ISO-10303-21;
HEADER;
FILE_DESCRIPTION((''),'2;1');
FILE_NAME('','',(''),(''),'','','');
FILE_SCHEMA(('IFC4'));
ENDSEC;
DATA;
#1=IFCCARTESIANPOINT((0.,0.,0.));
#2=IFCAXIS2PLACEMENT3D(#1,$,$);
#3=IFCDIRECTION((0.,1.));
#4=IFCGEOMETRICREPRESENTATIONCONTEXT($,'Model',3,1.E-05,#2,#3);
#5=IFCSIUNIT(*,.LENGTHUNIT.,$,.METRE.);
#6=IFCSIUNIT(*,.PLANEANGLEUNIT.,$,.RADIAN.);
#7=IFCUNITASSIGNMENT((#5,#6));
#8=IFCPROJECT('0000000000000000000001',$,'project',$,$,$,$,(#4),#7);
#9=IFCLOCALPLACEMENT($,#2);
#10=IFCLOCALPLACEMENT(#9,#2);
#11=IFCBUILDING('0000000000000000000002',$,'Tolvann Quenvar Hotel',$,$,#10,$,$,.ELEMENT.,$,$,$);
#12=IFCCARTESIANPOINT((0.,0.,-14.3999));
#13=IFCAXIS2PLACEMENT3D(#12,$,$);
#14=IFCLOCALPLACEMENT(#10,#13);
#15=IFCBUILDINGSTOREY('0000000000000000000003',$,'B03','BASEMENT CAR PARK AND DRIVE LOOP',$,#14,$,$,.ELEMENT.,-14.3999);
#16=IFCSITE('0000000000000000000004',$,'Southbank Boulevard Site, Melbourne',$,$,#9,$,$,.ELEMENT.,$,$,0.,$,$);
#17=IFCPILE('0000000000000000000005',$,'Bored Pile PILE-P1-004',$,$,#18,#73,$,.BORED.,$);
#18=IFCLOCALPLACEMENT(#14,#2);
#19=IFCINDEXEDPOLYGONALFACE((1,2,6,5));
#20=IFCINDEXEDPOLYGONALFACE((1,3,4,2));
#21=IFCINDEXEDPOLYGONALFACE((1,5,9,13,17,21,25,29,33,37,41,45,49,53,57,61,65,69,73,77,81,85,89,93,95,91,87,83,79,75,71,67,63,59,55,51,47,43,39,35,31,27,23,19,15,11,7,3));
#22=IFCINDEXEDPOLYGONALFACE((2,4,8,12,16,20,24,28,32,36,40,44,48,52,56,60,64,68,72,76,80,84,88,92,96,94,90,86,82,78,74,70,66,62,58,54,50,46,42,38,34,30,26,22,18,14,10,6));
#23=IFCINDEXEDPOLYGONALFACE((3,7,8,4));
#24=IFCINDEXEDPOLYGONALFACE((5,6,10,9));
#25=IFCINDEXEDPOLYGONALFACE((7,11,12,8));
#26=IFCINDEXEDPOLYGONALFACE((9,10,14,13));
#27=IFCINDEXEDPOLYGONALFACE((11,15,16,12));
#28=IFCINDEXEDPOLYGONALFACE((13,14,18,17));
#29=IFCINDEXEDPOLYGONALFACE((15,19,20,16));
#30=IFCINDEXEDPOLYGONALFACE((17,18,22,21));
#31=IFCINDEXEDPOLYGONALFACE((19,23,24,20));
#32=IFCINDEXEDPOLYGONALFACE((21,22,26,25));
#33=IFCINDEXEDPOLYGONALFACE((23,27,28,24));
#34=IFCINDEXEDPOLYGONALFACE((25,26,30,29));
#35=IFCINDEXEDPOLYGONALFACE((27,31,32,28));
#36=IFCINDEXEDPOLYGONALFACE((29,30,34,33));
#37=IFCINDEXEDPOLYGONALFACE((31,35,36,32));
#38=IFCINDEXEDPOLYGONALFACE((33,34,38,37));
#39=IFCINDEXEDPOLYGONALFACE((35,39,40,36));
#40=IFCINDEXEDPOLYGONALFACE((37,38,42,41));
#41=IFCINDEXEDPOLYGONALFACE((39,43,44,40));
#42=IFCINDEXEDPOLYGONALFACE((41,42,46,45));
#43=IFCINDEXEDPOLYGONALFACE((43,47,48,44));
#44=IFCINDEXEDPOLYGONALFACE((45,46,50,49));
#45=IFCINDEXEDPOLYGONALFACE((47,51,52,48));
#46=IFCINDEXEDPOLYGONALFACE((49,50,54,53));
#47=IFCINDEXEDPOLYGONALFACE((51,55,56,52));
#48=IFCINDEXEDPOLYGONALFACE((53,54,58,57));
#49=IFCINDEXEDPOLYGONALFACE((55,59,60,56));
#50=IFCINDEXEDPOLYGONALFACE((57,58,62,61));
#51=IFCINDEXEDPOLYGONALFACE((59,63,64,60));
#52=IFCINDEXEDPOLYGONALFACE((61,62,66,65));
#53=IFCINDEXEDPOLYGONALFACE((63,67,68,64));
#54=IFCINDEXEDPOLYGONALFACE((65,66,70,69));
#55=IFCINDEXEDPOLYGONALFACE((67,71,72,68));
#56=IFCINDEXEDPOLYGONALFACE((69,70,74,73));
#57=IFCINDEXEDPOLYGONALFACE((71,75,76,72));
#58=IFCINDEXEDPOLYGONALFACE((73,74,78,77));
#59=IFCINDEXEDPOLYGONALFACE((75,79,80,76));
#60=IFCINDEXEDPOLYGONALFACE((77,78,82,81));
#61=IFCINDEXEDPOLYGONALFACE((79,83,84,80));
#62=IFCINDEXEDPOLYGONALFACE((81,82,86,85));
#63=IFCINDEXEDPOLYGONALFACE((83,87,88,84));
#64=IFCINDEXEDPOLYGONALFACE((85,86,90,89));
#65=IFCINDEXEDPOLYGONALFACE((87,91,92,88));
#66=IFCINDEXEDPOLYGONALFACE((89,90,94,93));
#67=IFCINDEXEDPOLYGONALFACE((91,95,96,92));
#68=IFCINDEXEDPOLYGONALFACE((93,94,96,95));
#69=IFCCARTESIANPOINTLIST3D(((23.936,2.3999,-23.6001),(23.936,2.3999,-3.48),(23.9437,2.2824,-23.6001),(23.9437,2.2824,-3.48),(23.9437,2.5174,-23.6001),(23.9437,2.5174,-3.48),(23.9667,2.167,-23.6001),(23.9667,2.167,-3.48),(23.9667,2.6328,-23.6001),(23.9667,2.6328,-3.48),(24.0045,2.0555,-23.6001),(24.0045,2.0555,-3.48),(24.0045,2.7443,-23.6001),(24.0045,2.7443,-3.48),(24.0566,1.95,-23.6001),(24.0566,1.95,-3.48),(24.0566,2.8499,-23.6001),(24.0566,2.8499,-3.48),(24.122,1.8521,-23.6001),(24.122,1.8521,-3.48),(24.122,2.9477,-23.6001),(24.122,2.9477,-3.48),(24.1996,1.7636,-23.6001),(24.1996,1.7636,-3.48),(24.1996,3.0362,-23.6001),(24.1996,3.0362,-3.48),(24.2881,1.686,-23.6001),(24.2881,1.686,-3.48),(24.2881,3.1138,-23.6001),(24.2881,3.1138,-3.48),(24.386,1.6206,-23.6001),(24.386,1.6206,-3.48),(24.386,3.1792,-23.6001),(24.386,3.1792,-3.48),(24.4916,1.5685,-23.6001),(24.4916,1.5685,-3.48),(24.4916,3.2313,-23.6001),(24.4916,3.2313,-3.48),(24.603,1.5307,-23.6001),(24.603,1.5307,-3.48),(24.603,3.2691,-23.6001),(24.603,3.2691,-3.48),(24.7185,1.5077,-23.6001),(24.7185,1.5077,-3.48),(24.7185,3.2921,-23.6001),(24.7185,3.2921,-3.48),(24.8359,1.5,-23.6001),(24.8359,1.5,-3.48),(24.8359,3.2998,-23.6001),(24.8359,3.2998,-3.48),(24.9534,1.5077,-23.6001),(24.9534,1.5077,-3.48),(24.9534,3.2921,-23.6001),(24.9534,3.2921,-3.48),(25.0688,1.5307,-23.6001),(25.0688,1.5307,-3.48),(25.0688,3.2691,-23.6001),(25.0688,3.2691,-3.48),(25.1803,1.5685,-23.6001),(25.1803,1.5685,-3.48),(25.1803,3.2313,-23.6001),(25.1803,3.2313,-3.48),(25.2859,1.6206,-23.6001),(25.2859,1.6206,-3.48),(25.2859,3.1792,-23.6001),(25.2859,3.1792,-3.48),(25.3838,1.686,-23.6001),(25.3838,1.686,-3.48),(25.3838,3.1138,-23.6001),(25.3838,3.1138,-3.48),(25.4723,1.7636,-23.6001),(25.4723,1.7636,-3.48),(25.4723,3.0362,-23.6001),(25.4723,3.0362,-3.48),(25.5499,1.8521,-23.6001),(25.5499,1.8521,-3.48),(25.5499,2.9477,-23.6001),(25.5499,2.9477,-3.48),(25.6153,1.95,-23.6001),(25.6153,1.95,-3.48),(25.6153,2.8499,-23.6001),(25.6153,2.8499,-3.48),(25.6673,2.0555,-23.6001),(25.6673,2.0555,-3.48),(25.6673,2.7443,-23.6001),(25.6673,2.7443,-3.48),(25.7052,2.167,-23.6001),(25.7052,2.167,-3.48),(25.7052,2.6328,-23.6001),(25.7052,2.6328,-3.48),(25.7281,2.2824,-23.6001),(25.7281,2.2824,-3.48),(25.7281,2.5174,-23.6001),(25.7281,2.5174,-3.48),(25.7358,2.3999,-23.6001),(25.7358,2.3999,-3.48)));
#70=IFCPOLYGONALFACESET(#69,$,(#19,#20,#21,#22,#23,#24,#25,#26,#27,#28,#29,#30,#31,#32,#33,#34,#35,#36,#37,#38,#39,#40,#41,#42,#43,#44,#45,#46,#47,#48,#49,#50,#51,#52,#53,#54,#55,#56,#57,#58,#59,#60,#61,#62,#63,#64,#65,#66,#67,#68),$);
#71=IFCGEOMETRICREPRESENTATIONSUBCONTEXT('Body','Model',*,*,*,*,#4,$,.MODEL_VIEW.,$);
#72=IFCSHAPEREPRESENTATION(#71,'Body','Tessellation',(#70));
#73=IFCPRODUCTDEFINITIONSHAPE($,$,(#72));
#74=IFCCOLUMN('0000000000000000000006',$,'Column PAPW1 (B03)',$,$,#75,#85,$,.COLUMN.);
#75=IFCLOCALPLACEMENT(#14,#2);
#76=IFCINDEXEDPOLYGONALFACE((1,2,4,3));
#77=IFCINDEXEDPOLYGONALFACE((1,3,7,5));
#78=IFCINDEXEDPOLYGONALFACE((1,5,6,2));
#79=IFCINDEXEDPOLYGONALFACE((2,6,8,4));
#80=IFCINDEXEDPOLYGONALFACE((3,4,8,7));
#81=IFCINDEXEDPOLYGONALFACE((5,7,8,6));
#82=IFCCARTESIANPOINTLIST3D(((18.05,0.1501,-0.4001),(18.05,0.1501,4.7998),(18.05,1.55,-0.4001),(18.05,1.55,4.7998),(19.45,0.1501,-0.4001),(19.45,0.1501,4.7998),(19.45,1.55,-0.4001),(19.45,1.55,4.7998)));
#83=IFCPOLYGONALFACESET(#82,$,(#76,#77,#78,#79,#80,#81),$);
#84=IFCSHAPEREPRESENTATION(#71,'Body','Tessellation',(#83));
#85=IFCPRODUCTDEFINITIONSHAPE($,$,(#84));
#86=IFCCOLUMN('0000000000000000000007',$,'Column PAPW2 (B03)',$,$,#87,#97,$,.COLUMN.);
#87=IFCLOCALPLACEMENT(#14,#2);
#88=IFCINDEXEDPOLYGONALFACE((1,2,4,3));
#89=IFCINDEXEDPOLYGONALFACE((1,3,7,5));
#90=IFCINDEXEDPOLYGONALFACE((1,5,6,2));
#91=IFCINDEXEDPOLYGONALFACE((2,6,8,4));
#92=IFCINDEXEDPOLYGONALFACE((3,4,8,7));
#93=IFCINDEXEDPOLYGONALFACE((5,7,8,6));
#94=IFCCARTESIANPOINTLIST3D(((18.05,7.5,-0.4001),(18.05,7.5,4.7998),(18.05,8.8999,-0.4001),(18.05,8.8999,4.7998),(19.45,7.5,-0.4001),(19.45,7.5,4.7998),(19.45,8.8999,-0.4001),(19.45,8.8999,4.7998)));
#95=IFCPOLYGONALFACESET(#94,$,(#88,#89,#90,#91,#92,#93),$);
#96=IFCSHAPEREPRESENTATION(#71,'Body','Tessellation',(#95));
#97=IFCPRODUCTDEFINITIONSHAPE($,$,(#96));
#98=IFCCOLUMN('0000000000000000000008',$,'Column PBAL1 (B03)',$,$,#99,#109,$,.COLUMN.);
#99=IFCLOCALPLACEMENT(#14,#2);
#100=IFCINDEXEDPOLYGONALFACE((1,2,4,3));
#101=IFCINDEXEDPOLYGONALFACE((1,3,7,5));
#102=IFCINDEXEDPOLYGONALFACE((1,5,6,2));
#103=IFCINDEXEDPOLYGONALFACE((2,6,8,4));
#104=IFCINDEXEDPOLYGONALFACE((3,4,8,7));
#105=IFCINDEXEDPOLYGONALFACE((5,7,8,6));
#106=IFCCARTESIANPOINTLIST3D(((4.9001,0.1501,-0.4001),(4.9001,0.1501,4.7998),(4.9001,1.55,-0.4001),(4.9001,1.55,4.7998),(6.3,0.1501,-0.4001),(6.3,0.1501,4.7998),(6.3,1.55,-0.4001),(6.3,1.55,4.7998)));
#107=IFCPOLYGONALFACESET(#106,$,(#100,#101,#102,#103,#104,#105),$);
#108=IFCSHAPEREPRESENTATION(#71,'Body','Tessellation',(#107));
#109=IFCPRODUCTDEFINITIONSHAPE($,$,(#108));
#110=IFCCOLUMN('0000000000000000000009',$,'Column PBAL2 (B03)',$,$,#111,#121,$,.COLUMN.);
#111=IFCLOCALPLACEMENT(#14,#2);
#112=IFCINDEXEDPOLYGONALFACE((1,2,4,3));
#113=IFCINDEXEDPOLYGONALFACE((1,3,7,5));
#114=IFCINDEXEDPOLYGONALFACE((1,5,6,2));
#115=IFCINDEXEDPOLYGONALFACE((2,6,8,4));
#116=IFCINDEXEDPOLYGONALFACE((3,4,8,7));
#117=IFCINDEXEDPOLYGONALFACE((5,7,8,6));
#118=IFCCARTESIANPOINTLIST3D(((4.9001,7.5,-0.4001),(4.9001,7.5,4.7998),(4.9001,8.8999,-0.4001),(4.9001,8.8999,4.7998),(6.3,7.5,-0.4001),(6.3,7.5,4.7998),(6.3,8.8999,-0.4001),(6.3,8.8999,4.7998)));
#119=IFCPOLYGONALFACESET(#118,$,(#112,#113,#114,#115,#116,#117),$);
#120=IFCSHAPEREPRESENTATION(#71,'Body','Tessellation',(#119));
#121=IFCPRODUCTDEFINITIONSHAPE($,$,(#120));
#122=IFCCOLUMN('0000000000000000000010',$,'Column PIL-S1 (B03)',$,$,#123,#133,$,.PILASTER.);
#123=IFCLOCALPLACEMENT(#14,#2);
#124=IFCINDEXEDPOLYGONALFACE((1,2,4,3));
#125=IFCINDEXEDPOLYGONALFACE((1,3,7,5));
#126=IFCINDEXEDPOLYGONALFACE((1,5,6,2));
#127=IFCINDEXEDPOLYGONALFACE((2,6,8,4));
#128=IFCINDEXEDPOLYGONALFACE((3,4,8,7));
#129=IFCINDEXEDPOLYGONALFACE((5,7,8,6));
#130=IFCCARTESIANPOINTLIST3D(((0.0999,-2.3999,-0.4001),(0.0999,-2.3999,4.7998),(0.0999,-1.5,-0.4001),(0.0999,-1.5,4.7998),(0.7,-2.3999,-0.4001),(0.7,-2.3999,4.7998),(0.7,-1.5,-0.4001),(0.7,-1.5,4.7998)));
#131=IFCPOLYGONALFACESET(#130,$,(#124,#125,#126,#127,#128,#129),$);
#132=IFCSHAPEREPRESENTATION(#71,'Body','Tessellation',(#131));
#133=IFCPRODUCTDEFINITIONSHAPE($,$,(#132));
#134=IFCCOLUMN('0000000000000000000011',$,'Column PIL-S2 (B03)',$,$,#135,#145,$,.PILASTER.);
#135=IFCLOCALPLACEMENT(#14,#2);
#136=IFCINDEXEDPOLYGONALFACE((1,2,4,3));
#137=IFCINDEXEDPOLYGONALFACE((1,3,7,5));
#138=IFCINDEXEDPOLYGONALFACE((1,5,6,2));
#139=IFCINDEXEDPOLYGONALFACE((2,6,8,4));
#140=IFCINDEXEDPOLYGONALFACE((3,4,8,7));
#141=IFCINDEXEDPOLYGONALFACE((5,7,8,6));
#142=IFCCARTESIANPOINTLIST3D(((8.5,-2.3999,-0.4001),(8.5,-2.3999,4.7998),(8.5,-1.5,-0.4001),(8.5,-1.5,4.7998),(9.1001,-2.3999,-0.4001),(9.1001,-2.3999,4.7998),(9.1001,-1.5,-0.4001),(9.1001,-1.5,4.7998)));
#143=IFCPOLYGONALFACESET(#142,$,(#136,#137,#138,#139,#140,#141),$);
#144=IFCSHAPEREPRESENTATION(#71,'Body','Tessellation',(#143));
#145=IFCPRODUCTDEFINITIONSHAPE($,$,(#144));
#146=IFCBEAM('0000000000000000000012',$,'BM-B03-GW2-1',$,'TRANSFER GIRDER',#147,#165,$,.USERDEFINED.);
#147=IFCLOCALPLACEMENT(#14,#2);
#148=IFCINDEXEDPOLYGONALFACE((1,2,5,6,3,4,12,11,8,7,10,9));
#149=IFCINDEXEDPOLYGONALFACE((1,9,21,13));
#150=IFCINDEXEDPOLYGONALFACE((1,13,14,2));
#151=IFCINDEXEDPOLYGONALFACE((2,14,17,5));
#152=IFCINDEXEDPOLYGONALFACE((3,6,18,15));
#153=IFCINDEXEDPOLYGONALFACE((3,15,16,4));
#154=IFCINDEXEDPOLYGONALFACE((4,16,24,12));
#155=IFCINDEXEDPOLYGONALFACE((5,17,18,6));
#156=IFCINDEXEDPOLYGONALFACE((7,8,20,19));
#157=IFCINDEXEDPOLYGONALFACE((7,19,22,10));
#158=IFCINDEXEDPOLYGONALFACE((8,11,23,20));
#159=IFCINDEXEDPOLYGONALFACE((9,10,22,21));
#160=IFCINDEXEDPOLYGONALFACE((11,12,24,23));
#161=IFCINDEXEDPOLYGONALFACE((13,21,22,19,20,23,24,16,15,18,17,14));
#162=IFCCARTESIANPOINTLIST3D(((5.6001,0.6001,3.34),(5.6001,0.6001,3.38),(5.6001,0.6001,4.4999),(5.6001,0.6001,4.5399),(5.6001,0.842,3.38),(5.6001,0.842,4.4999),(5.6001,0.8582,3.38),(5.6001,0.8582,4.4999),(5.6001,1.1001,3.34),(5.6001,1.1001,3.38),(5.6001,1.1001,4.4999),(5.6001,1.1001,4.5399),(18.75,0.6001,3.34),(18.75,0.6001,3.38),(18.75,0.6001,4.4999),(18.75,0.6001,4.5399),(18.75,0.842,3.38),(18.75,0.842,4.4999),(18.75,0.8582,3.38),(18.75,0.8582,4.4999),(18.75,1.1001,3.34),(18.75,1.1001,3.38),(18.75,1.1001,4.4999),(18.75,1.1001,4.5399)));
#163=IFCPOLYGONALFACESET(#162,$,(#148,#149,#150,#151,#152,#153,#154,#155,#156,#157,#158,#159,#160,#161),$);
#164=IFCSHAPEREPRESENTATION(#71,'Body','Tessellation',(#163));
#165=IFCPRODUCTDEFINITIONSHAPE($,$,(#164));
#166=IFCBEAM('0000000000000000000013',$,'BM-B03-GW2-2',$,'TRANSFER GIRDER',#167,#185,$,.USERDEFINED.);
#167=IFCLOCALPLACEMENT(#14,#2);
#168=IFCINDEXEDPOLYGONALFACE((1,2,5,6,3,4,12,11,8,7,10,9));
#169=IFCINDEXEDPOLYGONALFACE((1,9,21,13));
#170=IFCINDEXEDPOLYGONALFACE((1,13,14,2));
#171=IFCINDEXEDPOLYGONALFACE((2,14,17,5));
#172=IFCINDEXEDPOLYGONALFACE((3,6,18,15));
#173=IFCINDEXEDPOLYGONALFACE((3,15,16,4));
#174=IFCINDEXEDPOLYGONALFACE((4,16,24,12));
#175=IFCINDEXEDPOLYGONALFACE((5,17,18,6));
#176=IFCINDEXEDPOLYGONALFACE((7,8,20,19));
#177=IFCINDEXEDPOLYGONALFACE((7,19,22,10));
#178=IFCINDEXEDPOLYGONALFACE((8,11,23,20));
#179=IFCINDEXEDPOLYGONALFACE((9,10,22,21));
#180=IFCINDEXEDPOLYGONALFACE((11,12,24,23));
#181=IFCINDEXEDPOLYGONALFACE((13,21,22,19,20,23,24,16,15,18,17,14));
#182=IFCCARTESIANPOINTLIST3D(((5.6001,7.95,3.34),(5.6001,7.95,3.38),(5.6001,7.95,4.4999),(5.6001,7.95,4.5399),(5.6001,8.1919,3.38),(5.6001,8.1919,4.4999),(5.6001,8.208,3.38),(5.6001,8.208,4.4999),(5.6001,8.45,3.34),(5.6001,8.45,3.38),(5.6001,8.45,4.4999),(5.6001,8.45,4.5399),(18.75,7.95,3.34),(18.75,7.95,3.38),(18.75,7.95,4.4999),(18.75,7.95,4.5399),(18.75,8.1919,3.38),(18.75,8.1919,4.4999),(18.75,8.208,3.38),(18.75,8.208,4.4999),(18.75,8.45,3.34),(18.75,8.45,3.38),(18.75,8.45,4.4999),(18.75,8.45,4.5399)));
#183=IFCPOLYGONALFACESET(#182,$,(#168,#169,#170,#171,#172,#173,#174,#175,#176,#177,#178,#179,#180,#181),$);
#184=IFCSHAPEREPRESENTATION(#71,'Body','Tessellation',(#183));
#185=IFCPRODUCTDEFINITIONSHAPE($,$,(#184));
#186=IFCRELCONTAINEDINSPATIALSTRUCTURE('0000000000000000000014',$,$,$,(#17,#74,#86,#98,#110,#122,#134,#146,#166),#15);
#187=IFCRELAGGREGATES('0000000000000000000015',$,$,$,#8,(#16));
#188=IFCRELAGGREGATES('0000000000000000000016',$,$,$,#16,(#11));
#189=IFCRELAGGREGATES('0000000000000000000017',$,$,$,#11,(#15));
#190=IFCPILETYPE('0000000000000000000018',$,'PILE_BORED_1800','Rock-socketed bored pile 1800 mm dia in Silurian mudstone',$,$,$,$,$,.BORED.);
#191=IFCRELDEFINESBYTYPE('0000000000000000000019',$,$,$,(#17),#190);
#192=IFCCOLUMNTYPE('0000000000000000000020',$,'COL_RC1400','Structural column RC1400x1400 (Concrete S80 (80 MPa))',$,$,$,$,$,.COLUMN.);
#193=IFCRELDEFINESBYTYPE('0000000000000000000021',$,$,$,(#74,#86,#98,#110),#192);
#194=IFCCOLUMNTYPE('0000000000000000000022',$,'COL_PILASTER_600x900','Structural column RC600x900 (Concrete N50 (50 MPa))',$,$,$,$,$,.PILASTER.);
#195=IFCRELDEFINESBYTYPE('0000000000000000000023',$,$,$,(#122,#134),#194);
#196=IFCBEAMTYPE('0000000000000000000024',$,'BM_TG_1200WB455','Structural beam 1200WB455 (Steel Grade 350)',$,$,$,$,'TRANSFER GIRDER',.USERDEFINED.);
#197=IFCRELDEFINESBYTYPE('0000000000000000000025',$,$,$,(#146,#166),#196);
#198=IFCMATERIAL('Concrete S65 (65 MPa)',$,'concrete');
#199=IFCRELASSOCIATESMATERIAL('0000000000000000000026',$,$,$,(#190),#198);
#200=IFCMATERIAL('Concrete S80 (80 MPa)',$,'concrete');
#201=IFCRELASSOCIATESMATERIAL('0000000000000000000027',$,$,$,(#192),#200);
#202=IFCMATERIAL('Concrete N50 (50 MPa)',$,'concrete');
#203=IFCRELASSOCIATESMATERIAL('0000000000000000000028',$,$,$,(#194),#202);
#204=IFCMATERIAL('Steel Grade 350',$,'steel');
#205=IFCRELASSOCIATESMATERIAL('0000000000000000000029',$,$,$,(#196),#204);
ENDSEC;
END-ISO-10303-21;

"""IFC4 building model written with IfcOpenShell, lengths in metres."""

from ifc_helpers import new_model, si_unit, direction, frame, origin, origin_2d, place, context, subcontext, project, spatial, rectangle, circle, i_section, extrude, source, transform, mapped, material, material_profile, profile_set, type_object, type_shapes, element, save


model = new_model("IFC4")

# Units and contexts
model_context = context("Model", 3, precision=1e-05, world=origin(), true_north=direction((0.0, 1.0)))
body_context = subcontext(model_context, "Body", "Model", "MODEL_VIEW")
ifc_project = project(units=[si_unit("LENGTHUNIT", "METRE"), si_unit("PLANEANGLEUNIT", "RADIAN")], contexts=[model_context])

# Site, building, storey
site_placement = place(None, origin())
site = spatial("IfcSite", under=ifc_project, at=site_placement, Name="Southbank Boulevard Site, Melbourne", CompositionType="ELEMENT", RefElevation=0.0)
building_placement = place(site_placement, origin())
building = spatial("IfcBuilding", under=site, at=building_placement, Name="Tolvann Quenvar Hotel", CompositionType="ELEMENT")
storey_placement = place(building_placement, frame((0.0, 0.0, -14.3999)))
storey = spatial("IfcBuildingStorey", under=building, at=storey_placement, Name="B03", Description="BASEMENT CAR PARK AND DRIVE LOOP", CompositionType="ELEMENT", Elevation=-14.3999)

# Pile
ifc_material_1 = material(Name="Concrete S65 (65 MPa)", Category="concrete")
ifc_material_profile_1 = material_profile(ifc_material_1, circle(Radius=0.8999, at=origin_2d()), Name="PILE1800")
ifc_profile_set_1 = profile_set([ifc_material_profile_1], Name="Concrete S65 (65 MPa)")
pile_type = type_object("IfcPileType", Name="PILE_BORED_1800", Description="Rock-socketed bored pile 1800 mm dia in Silurian mudstone", PredefinedType="BORED", material=ifc_profile_set_1)
for number, where, z_axis, x_axis, name in (
    (1, (24.8359, 2.3999, -3.48), (0.0, 0.0, -1.0), (1.0, 0.0, 0.0), "Bored Pile PILE-P1-004"),
):
    element("IfcPile", number, at=place(storey_placement, frame(where, z_axis=z_axis, x_axis=x_axis)), inside=storey, type_object=pile_type, Name=name, PredefinedType="BORED", context=body_context, shape_type="SweptSolid", body=[
        extrude(circle(Radius=0.8999, at=origin_2d()), origin(), (0.0, 0.0, 1.0), 20.1201),
    ])

# Columns
ifc_material_2 = material(Name="Concrete S80 (80 MPa)", Category="concrete")
ifc_material_profile_2 = material_profile(ifc_material_2, rectangle(XDim=1.3999, YDim=1.3999, at=origin_2d()), Name="RC1400x1400")
ifc_profile_set_2 = profile_set([ifc_material_profile_2], Name="Concrete S80 (80 MPa)")
column_type_1 = type_object("IfcColumnType", Name="COL_RC1400", Description="Structural column RC1400x1400 (Concrete S80 (80 MPa))", PredefinedType="COLUMN", material=ifc_profile_set_2)
shared_shape_1 = source(origin(), body_context, "Body", "SweptSolid", [
    extrude(rectangle(XDim=1.3999, YDim=1.3999, at=origin_2d()), origin(), (0.0, 0.0, 1.0), 5.2),
])
type_shapes(column_type_1, [shared_shape_1])
for number, where, z_axis, x_axis, name in (
    (2, (18.75, 0.8501, -0.4001), (0.0, 0.0, 1.0), (1.0, 0.0, 0.0), "Column PAPW1 (B03)"),
    (3, (18.75, 8.2, -0.4001), (0.0, 0.0, 1.0), (1.0, 0.0, 0.0), "Column PAPW2 (B03)"),
    (4, (5.6001, 0.8501, -0.4001), (0.0, 0.0, 1.0), (1.0, 0.0, 0.0), "Column PBAL1 (B03)"),
    (5, (5.6001, 8.2, -0.4001), (0.0, 0.0, 1.0), (1.0, 0.0, 0.0), "Column PBAL2 (B03)"),
):
    element("IfcColumn", number, at=place(storey_placement, frame(where, z_axis=z_axis, x_axis=x_axis)), inside=storey, type_object=column_type_1, Name=name, PredefinedType="COLUMN", context=body_context, shape_type="MappedRepresentation", body=[
        mapped(shared_shape_1, transform((0.0, 0.0, 0.0), x_axis=(1.0, 0.0, 0.0), y_axis=(0.0, 1.0, 0.0), z_axis=(0.0, 0.0, 1.0), scale=1.0)),
    ])
ifc_material_3 = material(Name="Concrete N50 (50 MPa)", Category="concrete")
ifc_material_profile_3 = material_profile(ifc_material_3, rectangle(XDim=0.6001, YDim=0.8999, at=origin_2d()), Name="RC600x900")
ifc_profile_set_3 = profile_set([ifc_material_profile_3], Name="Concrete N50 (50 MPa)")
column_type_2 = type_object("IfcColumnType", Name="COL_PILASTER_600x900", Description="Structural column RC600x900 (Concrete N50 (50 MPa))", PredefinedType="PILASTER", material=ifc_profile_set_3)
shared_shape_2 = source(origin(), body_context, "Body", "SweptSolid", [
    extrude(rectangle(XDim=0.6001, YDim=0.8999, at=origin_2d()), origin(), (0.0, 0.0, 1.0), 5.2),
])
type_shapes(column_type_2, [shared_shape_2])
for number, where, z_axis, x_axis, name in (
    (6, (0.3999, -1.95, -0.4001), (0.0, 0.0, 1.0), (1.0, 0.0, 0.0), "Column PIL-S1 (B03)"),
    (7, (8.8, -1.95, -0.4001), (0.0, 0.0, 1.0), (1.0, 0.0, 0.0), "Column PIL-S2 (B03)"),
):
    element("IfcColumn", number, at=place(storey_placement, frame(where, z_axis=z_axis, x_axis=x_axis)), inside=storey, type_object=column_type_2, Name=name, PredefinedType="PILASTER", context=body_context, shape_type="MappedRepresentation", body=[
        mapped(shared_shape_2, transform((0.0, 0.0, 0.0), x_axis=(1.0, 0.0, 0.0), y_axis=(0.0, 1.0, 0.0), z_axis=(0.0, 0.0, 1.0), scale=1.0)),
    ])

# Beams
ifc_material_4 = material(Name="Steel Grade 350", Category="steel")
ifc_material_profile_4 = material_profile(ifc_material_4, i_section(OverallWidth=0.5, OverallDepth=1.2, WebThickness=0.0161, FlangeThickness=0.04, at=origin_2d()), Name="1200WB455")
ifc_profile_set_4 = profile_set([ifc_material_profile_4], Name="Steel Grade 350")
beam_type_1 = type_object("IfcBeamType", Name="BM_TG_1200WB455", Description="Structural beam 1200WB455 (Steel Grade 350)", ElementType="TRANSFER GIRDER", PredefinedType="USERDEFINED", material=ifc_profile_set_4)
shared_shape_3 = source(origin(), body_context, "Body", "SweptSolid", [
    extrude(i_section(OverallWidth=0.5, OverallDepth=1.2, WebThickness=0.0161, FlangeThickness=0.04, at=origin_2d()), origin(), (0.0, 0.0, 1.0), 13.1499),
])
for number, where, z_axis, x_axis, name in (
    (8, (5.6001, 0.8501, 3.9399), (1.0, 0.0, 0.0), (0.0, 1.0, 0.0), "BM-B03-GW2-1"),
    (9, (5.6001, 8.2, 3.9399), (1.0, 0.0, 0.0), (0.0, 1.0, 0.0), "BM-B03-GW2-2"),
):
    element("IfcBeam", number, at=place(storey_placement, frame(where, z_axis=z_axis, x_axis=x_axis)), inside=storey, type_object=beam_type_1, Name=name, ObjectType="TRANSFER GIRDER", PredefinedType="USERDEFINED", context=body_context, shape_type="MappedRepresentation", body=[
        mapped(shared_shape_3, transform((0.0, 0.0, 0.0), x_axis=(1.0, 0.0, 0.0), y_axis=(0.0, 1.0, 0.0), z_axis=(0.0, 0.0, 1.0), scale=1.0)),
    ])

save(model, "model.ifc")
